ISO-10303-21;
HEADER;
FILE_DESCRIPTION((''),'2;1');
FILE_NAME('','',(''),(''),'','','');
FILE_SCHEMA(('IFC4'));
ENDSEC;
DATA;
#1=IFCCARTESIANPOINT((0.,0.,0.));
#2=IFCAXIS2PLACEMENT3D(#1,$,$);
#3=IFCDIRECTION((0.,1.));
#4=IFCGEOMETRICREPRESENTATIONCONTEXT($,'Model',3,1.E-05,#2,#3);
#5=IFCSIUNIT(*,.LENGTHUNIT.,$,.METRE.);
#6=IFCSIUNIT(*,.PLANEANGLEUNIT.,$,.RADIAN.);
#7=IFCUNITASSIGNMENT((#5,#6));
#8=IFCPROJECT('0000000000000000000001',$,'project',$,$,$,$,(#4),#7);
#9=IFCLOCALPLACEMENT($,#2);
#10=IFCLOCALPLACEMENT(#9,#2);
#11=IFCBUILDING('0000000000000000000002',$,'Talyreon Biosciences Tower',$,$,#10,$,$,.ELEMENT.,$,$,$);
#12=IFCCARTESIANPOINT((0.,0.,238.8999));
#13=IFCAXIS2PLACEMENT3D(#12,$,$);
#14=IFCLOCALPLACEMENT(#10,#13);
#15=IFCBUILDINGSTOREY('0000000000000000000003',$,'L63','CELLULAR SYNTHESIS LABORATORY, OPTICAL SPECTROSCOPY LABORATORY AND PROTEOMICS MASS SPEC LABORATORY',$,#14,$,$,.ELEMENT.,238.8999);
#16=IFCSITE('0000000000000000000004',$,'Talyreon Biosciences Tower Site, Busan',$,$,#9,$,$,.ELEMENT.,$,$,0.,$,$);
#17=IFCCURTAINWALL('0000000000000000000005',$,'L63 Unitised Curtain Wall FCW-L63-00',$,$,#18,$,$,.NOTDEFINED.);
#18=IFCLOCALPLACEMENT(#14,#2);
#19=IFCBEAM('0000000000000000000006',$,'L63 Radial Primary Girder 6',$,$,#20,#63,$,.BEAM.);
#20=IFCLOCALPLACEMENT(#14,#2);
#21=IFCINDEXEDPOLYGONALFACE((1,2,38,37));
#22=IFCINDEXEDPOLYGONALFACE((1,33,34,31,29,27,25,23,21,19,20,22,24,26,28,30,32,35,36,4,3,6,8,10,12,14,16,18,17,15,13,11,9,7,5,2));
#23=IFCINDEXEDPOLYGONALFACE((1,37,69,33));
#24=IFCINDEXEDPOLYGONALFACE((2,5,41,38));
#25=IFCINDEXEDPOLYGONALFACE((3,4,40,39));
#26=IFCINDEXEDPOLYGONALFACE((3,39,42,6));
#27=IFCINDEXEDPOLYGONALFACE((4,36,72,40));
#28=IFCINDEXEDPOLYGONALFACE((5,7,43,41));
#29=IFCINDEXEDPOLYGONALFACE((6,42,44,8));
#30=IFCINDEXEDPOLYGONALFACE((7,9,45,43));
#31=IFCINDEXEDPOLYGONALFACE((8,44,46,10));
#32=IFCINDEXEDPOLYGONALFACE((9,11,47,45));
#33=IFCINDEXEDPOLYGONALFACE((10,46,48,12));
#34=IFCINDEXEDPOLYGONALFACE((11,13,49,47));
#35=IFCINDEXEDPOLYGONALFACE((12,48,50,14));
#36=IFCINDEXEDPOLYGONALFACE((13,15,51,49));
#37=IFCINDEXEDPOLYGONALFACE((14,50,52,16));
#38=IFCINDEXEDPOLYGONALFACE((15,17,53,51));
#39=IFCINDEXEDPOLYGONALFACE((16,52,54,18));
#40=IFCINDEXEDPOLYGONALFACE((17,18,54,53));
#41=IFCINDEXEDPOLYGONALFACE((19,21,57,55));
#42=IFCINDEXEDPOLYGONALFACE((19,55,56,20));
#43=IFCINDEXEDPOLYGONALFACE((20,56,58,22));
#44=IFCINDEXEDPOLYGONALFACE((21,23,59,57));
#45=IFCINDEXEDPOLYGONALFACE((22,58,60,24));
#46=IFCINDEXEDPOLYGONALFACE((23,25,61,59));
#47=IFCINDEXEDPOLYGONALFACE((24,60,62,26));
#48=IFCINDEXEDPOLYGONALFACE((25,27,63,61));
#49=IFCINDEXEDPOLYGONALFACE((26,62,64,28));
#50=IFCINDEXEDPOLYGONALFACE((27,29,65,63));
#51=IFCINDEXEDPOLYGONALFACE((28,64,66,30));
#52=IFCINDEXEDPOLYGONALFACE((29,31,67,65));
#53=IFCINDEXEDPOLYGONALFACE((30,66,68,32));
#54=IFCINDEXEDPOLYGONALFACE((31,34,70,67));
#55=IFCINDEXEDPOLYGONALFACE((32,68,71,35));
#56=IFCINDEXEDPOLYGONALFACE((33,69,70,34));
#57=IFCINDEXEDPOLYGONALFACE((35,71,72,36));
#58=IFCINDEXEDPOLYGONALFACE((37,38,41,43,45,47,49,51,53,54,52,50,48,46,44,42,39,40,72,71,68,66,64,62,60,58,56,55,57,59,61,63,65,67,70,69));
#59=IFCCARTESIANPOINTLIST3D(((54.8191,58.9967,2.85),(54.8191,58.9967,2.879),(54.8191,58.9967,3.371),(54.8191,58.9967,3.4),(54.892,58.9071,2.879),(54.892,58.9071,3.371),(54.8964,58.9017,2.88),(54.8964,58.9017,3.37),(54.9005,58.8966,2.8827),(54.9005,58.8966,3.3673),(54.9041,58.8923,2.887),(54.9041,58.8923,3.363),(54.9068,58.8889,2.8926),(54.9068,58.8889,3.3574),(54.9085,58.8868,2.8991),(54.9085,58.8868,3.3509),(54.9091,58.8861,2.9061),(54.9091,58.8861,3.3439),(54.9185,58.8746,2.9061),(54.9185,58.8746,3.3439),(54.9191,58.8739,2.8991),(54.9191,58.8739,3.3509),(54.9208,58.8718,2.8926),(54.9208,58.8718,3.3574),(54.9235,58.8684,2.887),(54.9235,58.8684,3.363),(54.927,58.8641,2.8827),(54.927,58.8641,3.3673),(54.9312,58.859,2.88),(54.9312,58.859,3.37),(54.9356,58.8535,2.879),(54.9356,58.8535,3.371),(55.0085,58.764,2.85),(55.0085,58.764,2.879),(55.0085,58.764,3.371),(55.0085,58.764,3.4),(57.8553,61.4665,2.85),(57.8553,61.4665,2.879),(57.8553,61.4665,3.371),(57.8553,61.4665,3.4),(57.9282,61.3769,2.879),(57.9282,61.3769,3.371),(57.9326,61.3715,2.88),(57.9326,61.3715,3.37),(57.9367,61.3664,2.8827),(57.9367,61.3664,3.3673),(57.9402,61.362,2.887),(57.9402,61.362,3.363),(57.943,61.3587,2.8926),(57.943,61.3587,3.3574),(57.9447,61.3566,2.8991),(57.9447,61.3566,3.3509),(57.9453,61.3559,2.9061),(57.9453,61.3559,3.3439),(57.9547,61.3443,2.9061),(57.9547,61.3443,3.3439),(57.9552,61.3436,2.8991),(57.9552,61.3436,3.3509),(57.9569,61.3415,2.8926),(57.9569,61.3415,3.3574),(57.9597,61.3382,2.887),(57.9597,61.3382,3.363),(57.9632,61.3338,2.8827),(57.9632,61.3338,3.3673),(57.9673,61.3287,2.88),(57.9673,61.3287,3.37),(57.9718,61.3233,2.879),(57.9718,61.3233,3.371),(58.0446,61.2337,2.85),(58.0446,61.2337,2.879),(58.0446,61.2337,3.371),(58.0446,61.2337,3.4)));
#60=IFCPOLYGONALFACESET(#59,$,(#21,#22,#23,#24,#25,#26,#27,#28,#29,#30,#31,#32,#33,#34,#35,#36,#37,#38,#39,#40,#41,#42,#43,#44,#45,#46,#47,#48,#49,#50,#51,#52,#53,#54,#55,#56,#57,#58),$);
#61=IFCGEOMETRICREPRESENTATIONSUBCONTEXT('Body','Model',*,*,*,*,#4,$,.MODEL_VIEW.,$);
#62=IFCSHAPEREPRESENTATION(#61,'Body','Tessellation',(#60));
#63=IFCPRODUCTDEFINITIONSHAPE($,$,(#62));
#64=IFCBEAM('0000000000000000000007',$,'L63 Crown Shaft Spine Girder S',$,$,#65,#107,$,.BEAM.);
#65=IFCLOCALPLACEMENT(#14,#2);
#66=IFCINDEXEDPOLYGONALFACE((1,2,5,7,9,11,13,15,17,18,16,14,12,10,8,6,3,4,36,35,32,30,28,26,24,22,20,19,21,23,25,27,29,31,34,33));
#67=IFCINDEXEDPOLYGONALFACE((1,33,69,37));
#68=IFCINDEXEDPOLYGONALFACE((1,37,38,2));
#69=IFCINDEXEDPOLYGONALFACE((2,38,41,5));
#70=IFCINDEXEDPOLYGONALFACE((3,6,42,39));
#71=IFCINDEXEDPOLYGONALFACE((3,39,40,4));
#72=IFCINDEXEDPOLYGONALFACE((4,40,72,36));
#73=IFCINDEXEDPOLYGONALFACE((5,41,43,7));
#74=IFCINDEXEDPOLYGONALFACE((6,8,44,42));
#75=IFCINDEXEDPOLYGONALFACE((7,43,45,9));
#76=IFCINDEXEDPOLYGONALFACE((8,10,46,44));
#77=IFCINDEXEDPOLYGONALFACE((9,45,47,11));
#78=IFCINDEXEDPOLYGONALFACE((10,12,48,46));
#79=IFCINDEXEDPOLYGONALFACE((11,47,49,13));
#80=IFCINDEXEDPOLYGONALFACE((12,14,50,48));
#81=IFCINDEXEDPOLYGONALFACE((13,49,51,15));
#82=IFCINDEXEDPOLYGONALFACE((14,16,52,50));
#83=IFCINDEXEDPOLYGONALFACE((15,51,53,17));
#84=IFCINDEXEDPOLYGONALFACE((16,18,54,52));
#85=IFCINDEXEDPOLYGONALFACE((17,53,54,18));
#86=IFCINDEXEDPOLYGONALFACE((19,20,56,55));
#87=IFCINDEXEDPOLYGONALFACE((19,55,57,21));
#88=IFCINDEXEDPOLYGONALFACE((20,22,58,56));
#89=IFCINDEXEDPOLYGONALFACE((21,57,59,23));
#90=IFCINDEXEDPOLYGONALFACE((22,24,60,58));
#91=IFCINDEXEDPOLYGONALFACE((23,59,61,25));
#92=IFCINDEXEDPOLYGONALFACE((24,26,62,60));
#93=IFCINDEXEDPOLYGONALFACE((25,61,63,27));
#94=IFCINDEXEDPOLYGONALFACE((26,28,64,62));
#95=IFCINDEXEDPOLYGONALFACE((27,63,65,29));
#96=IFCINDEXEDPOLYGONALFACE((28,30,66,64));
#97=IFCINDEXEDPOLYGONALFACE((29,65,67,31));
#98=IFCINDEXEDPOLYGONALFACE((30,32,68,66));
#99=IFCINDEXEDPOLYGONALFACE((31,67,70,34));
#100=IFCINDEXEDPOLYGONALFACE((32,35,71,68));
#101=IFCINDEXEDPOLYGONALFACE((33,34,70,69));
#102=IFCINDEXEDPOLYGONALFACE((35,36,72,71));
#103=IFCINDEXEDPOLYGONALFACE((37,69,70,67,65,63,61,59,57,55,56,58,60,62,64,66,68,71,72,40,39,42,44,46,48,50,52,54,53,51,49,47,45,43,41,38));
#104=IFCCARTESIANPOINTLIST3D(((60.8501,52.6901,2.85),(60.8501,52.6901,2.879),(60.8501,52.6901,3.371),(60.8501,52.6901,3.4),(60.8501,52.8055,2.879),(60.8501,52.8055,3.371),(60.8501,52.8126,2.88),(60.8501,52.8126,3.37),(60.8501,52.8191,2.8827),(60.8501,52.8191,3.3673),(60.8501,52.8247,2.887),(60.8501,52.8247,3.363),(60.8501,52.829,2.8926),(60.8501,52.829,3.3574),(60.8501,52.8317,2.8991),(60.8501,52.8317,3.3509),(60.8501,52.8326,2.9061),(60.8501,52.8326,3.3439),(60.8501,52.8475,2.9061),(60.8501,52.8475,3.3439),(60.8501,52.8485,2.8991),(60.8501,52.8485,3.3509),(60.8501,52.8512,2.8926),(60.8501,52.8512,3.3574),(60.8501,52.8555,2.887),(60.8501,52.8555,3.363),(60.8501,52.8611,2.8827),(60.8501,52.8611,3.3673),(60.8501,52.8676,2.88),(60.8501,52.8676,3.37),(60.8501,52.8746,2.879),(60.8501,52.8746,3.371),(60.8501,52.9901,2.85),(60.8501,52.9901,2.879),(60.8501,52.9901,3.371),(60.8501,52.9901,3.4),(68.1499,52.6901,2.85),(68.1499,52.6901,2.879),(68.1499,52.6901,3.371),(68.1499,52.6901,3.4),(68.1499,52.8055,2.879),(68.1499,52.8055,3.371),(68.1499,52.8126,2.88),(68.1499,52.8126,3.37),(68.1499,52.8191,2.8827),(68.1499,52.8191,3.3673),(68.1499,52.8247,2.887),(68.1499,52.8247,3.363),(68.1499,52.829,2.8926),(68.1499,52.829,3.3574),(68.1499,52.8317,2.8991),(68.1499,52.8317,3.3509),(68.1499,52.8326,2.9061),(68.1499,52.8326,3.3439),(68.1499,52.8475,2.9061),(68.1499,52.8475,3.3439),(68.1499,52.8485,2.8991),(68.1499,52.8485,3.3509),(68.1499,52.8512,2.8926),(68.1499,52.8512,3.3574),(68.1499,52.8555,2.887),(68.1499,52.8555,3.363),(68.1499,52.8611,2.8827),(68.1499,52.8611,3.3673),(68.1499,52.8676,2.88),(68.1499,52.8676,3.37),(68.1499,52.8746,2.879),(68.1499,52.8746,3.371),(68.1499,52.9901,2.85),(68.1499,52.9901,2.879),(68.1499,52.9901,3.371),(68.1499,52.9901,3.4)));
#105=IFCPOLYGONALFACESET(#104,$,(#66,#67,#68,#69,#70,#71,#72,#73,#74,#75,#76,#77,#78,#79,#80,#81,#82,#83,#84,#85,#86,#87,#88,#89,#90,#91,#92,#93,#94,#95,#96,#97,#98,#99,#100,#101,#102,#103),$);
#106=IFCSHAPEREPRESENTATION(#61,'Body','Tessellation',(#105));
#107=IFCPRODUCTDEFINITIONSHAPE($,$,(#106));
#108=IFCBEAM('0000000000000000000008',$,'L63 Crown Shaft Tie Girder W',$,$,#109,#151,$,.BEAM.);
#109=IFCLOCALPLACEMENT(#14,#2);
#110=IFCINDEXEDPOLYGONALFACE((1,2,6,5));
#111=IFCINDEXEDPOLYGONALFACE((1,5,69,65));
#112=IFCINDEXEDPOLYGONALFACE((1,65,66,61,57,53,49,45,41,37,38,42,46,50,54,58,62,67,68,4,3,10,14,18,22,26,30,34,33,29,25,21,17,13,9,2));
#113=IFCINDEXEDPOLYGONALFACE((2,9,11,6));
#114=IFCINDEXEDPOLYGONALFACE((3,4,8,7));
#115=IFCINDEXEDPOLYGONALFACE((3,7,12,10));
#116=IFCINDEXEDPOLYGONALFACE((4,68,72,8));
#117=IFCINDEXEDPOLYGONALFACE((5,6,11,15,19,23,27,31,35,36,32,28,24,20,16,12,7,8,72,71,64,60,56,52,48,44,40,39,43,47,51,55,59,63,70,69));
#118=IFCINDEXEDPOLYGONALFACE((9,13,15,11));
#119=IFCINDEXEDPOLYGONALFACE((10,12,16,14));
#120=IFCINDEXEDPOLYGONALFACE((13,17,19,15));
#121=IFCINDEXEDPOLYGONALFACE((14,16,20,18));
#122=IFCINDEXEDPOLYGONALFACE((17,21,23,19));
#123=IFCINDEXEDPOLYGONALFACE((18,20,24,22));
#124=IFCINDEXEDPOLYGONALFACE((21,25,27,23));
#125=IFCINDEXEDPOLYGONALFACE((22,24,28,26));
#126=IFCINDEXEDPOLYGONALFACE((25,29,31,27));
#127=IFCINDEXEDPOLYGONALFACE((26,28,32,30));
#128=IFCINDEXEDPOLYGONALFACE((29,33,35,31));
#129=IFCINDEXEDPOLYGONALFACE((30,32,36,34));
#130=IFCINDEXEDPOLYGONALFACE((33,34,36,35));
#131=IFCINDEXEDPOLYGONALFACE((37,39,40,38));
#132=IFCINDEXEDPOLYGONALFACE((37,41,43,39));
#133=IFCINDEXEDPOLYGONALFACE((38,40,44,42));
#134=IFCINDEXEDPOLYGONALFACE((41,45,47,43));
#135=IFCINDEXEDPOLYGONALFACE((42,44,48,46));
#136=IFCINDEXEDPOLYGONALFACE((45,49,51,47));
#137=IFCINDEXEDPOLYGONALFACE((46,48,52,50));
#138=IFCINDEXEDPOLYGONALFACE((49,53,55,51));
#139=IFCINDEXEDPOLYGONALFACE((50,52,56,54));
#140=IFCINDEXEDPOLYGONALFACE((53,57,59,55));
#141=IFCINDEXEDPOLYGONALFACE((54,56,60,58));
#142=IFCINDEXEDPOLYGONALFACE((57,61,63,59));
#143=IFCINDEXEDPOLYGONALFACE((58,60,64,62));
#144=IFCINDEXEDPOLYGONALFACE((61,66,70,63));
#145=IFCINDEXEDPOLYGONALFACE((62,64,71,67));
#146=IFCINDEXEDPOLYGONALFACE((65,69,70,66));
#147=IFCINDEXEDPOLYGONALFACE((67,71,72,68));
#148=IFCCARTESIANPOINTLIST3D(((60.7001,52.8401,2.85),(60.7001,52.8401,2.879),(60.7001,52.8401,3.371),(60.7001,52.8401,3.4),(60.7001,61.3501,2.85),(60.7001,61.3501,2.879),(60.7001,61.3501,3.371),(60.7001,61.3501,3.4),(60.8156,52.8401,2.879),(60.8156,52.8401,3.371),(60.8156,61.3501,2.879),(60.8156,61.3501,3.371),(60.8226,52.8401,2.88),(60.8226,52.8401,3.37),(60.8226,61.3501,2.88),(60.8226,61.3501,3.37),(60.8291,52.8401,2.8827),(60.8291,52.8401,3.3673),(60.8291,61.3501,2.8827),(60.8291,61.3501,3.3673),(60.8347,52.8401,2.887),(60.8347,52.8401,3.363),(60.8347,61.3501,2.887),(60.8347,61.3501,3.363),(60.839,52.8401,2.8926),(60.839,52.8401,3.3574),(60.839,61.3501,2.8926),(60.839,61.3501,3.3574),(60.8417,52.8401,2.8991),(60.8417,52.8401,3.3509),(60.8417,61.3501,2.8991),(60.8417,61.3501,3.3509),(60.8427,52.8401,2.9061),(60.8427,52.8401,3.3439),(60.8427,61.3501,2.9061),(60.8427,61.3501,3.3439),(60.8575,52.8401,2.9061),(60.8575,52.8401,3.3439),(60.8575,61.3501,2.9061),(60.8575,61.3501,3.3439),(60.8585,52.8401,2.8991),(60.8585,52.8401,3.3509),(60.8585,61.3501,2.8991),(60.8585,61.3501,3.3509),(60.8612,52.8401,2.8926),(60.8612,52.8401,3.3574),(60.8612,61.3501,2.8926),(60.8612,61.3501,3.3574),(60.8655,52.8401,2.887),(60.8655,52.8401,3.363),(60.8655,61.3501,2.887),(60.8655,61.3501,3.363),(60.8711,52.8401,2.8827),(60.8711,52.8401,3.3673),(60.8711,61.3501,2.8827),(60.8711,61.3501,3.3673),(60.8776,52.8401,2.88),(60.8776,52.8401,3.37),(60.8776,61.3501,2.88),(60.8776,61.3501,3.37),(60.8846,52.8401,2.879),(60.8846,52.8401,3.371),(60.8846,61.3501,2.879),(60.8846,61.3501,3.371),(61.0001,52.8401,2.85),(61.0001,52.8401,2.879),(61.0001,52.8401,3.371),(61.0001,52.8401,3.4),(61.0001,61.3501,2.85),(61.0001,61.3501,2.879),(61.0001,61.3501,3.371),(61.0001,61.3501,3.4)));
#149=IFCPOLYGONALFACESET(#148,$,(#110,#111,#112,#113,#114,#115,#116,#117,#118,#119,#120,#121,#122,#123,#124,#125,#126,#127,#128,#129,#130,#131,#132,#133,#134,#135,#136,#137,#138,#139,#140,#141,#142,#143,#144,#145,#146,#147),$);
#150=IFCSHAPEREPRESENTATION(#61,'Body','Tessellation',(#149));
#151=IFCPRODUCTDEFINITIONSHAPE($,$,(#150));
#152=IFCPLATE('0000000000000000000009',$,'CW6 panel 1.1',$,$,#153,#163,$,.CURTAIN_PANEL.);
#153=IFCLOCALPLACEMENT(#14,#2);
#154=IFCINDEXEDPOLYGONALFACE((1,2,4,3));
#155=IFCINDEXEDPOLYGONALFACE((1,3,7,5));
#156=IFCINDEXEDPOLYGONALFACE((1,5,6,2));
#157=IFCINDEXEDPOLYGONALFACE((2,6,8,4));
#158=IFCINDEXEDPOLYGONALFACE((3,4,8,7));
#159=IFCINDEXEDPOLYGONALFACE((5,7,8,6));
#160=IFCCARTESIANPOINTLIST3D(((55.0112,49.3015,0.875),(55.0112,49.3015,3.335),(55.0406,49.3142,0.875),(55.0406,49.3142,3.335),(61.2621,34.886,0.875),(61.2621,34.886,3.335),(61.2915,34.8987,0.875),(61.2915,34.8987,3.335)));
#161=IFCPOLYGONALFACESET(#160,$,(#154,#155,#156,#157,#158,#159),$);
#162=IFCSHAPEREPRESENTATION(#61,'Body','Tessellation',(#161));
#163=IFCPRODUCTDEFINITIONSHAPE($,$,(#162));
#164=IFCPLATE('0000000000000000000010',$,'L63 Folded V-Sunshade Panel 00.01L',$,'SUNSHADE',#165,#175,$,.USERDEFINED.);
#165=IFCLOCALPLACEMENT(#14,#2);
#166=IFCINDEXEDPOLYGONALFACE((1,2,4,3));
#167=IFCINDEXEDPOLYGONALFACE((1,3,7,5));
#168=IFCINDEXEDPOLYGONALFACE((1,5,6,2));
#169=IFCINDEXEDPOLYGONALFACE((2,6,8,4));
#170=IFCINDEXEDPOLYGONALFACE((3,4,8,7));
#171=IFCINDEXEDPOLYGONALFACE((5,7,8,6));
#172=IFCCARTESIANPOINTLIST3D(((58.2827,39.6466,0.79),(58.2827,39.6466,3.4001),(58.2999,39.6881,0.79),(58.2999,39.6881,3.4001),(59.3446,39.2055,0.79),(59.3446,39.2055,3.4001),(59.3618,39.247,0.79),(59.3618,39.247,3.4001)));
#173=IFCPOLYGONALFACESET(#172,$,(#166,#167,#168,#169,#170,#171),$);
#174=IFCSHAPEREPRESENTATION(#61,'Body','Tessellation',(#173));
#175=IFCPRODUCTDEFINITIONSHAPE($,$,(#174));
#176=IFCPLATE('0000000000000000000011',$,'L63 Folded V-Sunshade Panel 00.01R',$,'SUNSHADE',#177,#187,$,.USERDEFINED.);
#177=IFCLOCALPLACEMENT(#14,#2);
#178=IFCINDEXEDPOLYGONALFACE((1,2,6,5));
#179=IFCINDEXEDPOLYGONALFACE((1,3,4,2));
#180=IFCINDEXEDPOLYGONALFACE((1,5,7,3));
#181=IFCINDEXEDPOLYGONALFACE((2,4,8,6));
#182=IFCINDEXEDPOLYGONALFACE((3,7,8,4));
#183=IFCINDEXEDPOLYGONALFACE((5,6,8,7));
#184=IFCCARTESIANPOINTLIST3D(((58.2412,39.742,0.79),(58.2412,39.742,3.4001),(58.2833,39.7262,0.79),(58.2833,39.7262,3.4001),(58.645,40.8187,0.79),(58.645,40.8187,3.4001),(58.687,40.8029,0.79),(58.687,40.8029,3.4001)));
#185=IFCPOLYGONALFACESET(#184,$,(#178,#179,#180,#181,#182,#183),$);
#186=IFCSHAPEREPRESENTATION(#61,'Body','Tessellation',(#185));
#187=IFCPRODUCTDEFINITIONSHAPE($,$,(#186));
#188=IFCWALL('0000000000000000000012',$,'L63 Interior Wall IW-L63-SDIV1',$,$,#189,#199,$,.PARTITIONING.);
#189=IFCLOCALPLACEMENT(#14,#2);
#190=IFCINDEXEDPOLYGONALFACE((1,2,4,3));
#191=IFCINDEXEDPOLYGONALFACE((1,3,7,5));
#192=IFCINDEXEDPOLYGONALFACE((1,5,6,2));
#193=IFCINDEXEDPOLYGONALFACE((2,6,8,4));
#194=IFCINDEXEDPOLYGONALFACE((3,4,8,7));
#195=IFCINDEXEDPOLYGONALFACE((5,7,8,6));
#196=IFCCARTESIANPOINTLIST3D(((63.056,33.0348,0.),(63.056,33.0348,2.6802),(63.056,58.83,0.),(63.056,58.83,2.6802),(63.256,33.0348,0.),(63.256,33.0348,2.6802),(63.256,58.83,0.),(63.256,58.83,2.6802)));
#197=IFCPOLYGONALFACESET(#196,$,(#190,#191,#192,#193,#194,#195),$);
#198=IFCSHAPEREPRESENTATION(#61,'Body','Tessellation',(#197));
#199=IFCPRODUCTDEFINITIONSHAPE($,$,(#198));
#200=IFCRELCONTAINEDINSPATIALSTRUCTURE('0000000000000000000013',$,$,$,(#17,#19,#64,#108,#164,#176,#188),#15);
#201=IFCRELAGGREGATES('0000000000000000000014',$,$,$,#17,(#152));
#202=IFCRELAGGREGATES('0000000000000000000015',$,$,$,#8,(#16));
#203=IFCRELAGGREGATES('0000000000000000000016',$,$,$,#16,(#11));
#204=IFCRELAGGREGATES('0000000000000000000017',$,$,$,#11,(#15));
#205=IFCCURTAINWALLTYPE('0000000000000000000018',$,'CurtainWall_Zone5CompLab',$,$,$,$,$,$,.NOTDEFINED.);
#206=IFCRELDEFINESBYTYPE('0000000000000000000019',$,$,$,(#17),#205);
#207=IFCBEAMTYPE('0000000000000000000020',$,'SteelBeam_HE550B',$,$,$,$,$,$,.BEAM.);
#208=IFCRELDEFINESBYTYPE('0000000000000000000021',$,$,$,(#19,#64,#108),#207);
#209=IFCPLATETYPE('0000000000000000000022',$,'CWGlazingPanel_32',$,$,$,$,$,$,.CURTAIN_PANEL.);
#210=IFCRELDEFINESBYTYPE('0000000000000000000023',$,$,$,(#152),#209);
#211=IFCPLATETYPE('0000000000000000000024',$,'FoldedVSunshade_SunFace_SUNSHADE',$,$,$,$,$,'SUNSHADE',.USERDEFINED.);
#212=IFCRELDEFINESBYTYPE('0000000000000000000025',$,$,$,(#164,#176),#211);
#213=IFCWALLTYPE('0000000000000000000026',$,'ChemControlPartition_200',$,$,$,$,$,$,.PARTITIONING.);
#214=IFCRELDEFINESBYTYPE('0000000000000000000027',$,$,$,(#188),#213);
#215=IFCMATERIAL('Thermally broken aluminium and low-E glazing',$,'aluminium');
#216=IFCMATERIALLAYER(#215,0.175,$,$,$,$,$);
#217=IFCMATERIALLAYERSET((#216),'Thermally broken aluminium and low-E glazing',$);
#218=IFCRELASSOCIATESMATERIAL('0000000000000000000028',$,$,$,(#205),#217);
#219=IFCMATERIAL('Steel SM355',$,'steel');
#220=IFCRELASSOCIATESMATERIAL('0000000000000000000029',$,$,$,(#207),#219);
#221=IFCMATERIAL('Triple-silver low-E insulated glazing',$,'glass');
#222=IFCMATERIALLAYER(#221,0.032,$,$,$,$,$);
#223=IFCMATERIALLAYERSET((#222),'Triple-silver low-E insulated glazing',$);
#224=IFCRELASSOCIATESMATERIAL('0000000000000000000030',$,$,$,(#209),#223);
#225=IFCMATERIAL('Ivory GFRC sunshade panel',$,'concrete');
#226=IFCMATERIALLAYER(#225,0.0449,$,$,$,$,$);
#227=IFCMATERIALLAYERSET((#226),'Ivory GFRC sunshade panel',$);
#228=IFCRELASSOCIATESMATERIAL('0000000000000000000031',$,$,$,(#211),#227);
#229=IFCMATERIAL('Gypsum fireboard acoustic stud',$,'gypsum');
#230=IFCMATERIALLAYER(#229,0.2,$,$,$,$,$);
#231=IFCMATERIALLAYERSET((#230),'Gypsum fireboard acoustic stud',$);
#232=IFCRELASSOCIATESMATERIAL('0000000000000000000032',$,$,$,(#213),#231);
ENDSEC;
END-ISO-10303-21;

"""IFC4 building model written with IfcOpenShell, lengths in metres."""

from ifc_helpers import new_model, si_unit, direction, frame, frame_2d, origin, origin_2d, place, context, subcontext, project, spatial, rectangle, i_section, extrude, material, layer, layer_set, material_profile, profile_set, type_object, element, aggregate, save


model = new_model("IFC4")

# Units and contexts
model_context = context("Model", 3, precision=1e-05, world=origin(), true_north=direction((0.0, 1.0)))
body_context = subcontext(model_context, "Body", "Model", "MODEL_VIEW")
ifc_project = project(units=[si_unit("LENGTHUNIT", "METRE"), si_unit("PLANEANGLEUNIT", "RADIAN")], contexts=[model_context])

# Site, building, storey
site_placement = place(None, origin())
site = spatial("IfcSite", under=ifc_project, at=site_placement, Name="Talyreon Biosciences Tower Site, Busan", CompositionType="ELEMENT", RefElevation=0.0)
building_placement = place(site_placement, origin())
building = spatial("IfcBuilding", under=site, at=building_placement, Name="Talyreon Biosciences Tower", CompositionType="ELEMENT")
storey_placement = place(building_placement, frame((0.0, 0.0, 238.8999)))
storey = spatial("IfcBuildingStorey", under=building, at=storey_placement, Name="L63", Description="CELLULAR SYNTHESIS LABORATORY, OPTICAL SPECTROSCOPY LABORATORY AND PROTEOMICS MASS SPEC LABORATORY", CompositionType="ELEMENT", Elevation=238.8999)

# Curtain wall
ifc_material_1 = material(Name="Thermally broken aluminium and low-E glazing", Category="aluminium")
ifc_layer_1 = layer(ifc_material_1, 0.175)
ifc_layer_set_1 = layer_set([ifc_layer_1], Name="Thermally broken aluminium and low-E glazing")
curtain_wall_type = type_object("IfcCurtainWallType", Name="CurtainWall_Zone5CompLab", PredefinedType="NOTDEFINED", material=ifc_layer_set_1)
curtain_wall_placement = place(storey_placement, origin())
curtain_wall = element("IfcCurtainWall", 1, at=curtain_wall_placement, inside=storey, type_object=curtain_wall_type, Name="L63 Unitised Curtain Wall FCW-L63-00", PredefinedType="NOTDEFINED")

# Beams
ifc_material_2 = material(Name="Steel SM355", Category="steel")
ifc_material_profile_1 = material_profile(ifc_material_2, i_section(OverallWidth=0.3, OverallDepth=0.55, WebThickness=0.0149, FlangeThickness=0.0291, FilletRadius=0.0271, at=origin_2d()), Name="HE550B")
ifc_profile_set_1 = profile_set([ifc_material_profile_1], Name="Steel SM355")
beam_type_1 = type_object("IfcBeamType", Name="SteelBeam_HE550B", PredefinedType="BEAM", material=ifc_profile_set_1)
beam_1_placement = place(storey_placement, frame((57.95, 61.3501, 3.125), z_axis=(-0.775755, -0.631034, 0.0), x_axis=(0.631034, -0.775755, 0.0)))
element("IfcBeam", 2, at=beam_1_placement, inside=storey, type_object=beam_type_1, Name="L63 Radial Primary Girder 6", PredefinedType="BEAM", context=body_context, shape_type="SweptSolid", body=[
    extrude(i_section(OverallWidth=0.3, OverallDepth=0.55, WebThickness=0.0149, FlangeThickness=0.0291, FilletRadius=0.0271, at=origin_2d()), origin(), (0.0, 0.0, 1.0), 3.9138),
])
beam_2_placement = place(storey_placement, frame((60.8501, 52.8401, 3.125), z_axis=(1.0, 0.0, 0.0), x_axis=(0.0, 1.0, 0.0)))
element("IfcBeam", 3, at=beam_2_placement, inside=storey, type_object=beam_type_1, Name="L63 Crown Shaft Spine Girder S", PredefinedType="BEAM", context=body_context, shape_type="SweptSolid", body=[
    extrude(i_section(OverallWidth=0.3, OverallDepth=0.55, WebThickness=0.0149, FlangeThickness=0.0291, FilletRadius=0.0271, at=origin_2d()), origin(), (0.0, 0.0, 1.0), 7.2998),
])
beam_3_placement = place(storey_placement, frame((60.8501, 52.8401, 3.125), z_axis=(0.0, 1.0, 0.0), x_axis=(-1.0, 0.0, 0.0)))
element("IfcBeam", 4, at=beam_3_placement, inside=storey, type_object=beam_type_1, Name="L63 Crown Shaft Tie Girder W", PredefinedType="BEAM", context=body_context, shape_type="SweptSolid", body=[
    extrude(i_section(OverallWidth=0.3, OverallDepth=0.55, WebThickness=0.0149, FlangeThickness=0.0291, FilletRadius=0.0271, at=origin_2d()), origin(), (0.0, 0.0, 1.0), 8.51),
])

# Plate
ifc_material_3 = material(Name="Triple-silver low-E insulated glazing", Category="glass")
ifc_layer_2 = layer(ifc_material_3, 0.032)
ifc_layer_set_2 = layer_set([ifc_layer_2], Name="Triple-silver low-E insulated glazing")
plate_type_1 = type_object("IfcPlateType", Name="CWGlazingPanel_32", PredefinedType="CURTAIN_PANEL", material=ifc_layer_set_2)
plate_placement = place(storey_placement, frame((58.1514, 42.1001, 0.875), z_axis=(0.0, 0.0, 1.0), x_axis=(-0.397832, 0.917458, 0.0)))
plate = element("IfcPlate", 5, at=plate_placement, type_object=plate_type_1, Name="CW6 panel 1.1", PredefinedType="CURTAIN_PANEL", context=body_context, shape_type="SweptSolid", body=[
    extrude(rectangle(XDim=15.7124, YDim=0.032, at=origin_2d()), origin(), (0.0, 0.0, 1.0), 2.46),
])
aggregate(curtain_wall, [plate])

# Plates
ifc_material_4 = material(Name="Ivory GFRC sunshade panel", Category="concrete")
ifc_layer_3 = layer(ifc_material_4, 0.0449)
ifc_layer_set_3 = layer_set([ifc_layer_3], Name="Ivory GFRC sunshade panel")
plate_type_2 = type_object("IfcPlateType", Name="FoldedVSunshade_SunFace_SUNSHADE", ElementType="SUNSHADE", PredefinedType="USERDEFINED", material=ifc_layer_set_3)
for number, where, z_axis, x_axis, name in (
    (6, (58.8223, 39.4468, 0.79), (0.0, 0.0, 1.0), (-0.923498, 0.383602, 0.0), "L63 Folded V-Sunshade Panel 00.01L"),
    (7, (58.4641, 40.2725, 0.79), (0.0, 0.0, 1.0), (0.351139, 0.936323, 0.0), "L63 Folded V-Sunshade Panel 00.01R"),
):
    element("IfcPlate", number, at=place(storey_placement, frame(where, z_axis=z_axis, x_axis=x_axis)), inside=storey, type_object=plate_type_2, Name=name, ObjectType="SUNSHADE", PredefinedType="USERDEFINED", context=body_context, shape_type="SweptSolid", body=[
        extrude(rectangle(XDim=1.1499, YDim=0.0449, at=origin_2d()), origin(), (0.0, 0.0, 1.0), 2.6101),
    ])

# Wall
ifc_material_5 = material(Name="Gypsum fireboard acoustic stud", Category="gypsum")
ifc_layer_4 = layer(ifc_material_5, 0.2)
ifc_layer_set_4 = layer_set([ifc_layer_4], Name="Gypsum fireboard acoustic stud")
wall_type_1 = type_object("IfcWallType", Name="ChemControlPartition_200", PredefinedType="PARTITIONING", material=ifc_layer_set_4)
wall_1_placement = place(storey_placement, frame((63.156, 33.0349, 0.0), z_axis=(0.0, 0.0, 1.0), x_axis=(0.0, 1.0, 0.0)))
element("IfcWall", 8, at=wall_1_placement, inside=storey, type_object=wall_type_1, Name="L63 Interior Wall IW-L63-SDIV1", PredefinedType="PARTITIONING", context=body_context, shape_type="SweptSolid", body=[
    extrude(rectangle(XDim=25.7952, YDim=0.2, at=frame_2d((12.8975, 0.0))), origin(), (0.0, 0.0, 1.0), 2.6802),
])

save(model, "model.ifc")
